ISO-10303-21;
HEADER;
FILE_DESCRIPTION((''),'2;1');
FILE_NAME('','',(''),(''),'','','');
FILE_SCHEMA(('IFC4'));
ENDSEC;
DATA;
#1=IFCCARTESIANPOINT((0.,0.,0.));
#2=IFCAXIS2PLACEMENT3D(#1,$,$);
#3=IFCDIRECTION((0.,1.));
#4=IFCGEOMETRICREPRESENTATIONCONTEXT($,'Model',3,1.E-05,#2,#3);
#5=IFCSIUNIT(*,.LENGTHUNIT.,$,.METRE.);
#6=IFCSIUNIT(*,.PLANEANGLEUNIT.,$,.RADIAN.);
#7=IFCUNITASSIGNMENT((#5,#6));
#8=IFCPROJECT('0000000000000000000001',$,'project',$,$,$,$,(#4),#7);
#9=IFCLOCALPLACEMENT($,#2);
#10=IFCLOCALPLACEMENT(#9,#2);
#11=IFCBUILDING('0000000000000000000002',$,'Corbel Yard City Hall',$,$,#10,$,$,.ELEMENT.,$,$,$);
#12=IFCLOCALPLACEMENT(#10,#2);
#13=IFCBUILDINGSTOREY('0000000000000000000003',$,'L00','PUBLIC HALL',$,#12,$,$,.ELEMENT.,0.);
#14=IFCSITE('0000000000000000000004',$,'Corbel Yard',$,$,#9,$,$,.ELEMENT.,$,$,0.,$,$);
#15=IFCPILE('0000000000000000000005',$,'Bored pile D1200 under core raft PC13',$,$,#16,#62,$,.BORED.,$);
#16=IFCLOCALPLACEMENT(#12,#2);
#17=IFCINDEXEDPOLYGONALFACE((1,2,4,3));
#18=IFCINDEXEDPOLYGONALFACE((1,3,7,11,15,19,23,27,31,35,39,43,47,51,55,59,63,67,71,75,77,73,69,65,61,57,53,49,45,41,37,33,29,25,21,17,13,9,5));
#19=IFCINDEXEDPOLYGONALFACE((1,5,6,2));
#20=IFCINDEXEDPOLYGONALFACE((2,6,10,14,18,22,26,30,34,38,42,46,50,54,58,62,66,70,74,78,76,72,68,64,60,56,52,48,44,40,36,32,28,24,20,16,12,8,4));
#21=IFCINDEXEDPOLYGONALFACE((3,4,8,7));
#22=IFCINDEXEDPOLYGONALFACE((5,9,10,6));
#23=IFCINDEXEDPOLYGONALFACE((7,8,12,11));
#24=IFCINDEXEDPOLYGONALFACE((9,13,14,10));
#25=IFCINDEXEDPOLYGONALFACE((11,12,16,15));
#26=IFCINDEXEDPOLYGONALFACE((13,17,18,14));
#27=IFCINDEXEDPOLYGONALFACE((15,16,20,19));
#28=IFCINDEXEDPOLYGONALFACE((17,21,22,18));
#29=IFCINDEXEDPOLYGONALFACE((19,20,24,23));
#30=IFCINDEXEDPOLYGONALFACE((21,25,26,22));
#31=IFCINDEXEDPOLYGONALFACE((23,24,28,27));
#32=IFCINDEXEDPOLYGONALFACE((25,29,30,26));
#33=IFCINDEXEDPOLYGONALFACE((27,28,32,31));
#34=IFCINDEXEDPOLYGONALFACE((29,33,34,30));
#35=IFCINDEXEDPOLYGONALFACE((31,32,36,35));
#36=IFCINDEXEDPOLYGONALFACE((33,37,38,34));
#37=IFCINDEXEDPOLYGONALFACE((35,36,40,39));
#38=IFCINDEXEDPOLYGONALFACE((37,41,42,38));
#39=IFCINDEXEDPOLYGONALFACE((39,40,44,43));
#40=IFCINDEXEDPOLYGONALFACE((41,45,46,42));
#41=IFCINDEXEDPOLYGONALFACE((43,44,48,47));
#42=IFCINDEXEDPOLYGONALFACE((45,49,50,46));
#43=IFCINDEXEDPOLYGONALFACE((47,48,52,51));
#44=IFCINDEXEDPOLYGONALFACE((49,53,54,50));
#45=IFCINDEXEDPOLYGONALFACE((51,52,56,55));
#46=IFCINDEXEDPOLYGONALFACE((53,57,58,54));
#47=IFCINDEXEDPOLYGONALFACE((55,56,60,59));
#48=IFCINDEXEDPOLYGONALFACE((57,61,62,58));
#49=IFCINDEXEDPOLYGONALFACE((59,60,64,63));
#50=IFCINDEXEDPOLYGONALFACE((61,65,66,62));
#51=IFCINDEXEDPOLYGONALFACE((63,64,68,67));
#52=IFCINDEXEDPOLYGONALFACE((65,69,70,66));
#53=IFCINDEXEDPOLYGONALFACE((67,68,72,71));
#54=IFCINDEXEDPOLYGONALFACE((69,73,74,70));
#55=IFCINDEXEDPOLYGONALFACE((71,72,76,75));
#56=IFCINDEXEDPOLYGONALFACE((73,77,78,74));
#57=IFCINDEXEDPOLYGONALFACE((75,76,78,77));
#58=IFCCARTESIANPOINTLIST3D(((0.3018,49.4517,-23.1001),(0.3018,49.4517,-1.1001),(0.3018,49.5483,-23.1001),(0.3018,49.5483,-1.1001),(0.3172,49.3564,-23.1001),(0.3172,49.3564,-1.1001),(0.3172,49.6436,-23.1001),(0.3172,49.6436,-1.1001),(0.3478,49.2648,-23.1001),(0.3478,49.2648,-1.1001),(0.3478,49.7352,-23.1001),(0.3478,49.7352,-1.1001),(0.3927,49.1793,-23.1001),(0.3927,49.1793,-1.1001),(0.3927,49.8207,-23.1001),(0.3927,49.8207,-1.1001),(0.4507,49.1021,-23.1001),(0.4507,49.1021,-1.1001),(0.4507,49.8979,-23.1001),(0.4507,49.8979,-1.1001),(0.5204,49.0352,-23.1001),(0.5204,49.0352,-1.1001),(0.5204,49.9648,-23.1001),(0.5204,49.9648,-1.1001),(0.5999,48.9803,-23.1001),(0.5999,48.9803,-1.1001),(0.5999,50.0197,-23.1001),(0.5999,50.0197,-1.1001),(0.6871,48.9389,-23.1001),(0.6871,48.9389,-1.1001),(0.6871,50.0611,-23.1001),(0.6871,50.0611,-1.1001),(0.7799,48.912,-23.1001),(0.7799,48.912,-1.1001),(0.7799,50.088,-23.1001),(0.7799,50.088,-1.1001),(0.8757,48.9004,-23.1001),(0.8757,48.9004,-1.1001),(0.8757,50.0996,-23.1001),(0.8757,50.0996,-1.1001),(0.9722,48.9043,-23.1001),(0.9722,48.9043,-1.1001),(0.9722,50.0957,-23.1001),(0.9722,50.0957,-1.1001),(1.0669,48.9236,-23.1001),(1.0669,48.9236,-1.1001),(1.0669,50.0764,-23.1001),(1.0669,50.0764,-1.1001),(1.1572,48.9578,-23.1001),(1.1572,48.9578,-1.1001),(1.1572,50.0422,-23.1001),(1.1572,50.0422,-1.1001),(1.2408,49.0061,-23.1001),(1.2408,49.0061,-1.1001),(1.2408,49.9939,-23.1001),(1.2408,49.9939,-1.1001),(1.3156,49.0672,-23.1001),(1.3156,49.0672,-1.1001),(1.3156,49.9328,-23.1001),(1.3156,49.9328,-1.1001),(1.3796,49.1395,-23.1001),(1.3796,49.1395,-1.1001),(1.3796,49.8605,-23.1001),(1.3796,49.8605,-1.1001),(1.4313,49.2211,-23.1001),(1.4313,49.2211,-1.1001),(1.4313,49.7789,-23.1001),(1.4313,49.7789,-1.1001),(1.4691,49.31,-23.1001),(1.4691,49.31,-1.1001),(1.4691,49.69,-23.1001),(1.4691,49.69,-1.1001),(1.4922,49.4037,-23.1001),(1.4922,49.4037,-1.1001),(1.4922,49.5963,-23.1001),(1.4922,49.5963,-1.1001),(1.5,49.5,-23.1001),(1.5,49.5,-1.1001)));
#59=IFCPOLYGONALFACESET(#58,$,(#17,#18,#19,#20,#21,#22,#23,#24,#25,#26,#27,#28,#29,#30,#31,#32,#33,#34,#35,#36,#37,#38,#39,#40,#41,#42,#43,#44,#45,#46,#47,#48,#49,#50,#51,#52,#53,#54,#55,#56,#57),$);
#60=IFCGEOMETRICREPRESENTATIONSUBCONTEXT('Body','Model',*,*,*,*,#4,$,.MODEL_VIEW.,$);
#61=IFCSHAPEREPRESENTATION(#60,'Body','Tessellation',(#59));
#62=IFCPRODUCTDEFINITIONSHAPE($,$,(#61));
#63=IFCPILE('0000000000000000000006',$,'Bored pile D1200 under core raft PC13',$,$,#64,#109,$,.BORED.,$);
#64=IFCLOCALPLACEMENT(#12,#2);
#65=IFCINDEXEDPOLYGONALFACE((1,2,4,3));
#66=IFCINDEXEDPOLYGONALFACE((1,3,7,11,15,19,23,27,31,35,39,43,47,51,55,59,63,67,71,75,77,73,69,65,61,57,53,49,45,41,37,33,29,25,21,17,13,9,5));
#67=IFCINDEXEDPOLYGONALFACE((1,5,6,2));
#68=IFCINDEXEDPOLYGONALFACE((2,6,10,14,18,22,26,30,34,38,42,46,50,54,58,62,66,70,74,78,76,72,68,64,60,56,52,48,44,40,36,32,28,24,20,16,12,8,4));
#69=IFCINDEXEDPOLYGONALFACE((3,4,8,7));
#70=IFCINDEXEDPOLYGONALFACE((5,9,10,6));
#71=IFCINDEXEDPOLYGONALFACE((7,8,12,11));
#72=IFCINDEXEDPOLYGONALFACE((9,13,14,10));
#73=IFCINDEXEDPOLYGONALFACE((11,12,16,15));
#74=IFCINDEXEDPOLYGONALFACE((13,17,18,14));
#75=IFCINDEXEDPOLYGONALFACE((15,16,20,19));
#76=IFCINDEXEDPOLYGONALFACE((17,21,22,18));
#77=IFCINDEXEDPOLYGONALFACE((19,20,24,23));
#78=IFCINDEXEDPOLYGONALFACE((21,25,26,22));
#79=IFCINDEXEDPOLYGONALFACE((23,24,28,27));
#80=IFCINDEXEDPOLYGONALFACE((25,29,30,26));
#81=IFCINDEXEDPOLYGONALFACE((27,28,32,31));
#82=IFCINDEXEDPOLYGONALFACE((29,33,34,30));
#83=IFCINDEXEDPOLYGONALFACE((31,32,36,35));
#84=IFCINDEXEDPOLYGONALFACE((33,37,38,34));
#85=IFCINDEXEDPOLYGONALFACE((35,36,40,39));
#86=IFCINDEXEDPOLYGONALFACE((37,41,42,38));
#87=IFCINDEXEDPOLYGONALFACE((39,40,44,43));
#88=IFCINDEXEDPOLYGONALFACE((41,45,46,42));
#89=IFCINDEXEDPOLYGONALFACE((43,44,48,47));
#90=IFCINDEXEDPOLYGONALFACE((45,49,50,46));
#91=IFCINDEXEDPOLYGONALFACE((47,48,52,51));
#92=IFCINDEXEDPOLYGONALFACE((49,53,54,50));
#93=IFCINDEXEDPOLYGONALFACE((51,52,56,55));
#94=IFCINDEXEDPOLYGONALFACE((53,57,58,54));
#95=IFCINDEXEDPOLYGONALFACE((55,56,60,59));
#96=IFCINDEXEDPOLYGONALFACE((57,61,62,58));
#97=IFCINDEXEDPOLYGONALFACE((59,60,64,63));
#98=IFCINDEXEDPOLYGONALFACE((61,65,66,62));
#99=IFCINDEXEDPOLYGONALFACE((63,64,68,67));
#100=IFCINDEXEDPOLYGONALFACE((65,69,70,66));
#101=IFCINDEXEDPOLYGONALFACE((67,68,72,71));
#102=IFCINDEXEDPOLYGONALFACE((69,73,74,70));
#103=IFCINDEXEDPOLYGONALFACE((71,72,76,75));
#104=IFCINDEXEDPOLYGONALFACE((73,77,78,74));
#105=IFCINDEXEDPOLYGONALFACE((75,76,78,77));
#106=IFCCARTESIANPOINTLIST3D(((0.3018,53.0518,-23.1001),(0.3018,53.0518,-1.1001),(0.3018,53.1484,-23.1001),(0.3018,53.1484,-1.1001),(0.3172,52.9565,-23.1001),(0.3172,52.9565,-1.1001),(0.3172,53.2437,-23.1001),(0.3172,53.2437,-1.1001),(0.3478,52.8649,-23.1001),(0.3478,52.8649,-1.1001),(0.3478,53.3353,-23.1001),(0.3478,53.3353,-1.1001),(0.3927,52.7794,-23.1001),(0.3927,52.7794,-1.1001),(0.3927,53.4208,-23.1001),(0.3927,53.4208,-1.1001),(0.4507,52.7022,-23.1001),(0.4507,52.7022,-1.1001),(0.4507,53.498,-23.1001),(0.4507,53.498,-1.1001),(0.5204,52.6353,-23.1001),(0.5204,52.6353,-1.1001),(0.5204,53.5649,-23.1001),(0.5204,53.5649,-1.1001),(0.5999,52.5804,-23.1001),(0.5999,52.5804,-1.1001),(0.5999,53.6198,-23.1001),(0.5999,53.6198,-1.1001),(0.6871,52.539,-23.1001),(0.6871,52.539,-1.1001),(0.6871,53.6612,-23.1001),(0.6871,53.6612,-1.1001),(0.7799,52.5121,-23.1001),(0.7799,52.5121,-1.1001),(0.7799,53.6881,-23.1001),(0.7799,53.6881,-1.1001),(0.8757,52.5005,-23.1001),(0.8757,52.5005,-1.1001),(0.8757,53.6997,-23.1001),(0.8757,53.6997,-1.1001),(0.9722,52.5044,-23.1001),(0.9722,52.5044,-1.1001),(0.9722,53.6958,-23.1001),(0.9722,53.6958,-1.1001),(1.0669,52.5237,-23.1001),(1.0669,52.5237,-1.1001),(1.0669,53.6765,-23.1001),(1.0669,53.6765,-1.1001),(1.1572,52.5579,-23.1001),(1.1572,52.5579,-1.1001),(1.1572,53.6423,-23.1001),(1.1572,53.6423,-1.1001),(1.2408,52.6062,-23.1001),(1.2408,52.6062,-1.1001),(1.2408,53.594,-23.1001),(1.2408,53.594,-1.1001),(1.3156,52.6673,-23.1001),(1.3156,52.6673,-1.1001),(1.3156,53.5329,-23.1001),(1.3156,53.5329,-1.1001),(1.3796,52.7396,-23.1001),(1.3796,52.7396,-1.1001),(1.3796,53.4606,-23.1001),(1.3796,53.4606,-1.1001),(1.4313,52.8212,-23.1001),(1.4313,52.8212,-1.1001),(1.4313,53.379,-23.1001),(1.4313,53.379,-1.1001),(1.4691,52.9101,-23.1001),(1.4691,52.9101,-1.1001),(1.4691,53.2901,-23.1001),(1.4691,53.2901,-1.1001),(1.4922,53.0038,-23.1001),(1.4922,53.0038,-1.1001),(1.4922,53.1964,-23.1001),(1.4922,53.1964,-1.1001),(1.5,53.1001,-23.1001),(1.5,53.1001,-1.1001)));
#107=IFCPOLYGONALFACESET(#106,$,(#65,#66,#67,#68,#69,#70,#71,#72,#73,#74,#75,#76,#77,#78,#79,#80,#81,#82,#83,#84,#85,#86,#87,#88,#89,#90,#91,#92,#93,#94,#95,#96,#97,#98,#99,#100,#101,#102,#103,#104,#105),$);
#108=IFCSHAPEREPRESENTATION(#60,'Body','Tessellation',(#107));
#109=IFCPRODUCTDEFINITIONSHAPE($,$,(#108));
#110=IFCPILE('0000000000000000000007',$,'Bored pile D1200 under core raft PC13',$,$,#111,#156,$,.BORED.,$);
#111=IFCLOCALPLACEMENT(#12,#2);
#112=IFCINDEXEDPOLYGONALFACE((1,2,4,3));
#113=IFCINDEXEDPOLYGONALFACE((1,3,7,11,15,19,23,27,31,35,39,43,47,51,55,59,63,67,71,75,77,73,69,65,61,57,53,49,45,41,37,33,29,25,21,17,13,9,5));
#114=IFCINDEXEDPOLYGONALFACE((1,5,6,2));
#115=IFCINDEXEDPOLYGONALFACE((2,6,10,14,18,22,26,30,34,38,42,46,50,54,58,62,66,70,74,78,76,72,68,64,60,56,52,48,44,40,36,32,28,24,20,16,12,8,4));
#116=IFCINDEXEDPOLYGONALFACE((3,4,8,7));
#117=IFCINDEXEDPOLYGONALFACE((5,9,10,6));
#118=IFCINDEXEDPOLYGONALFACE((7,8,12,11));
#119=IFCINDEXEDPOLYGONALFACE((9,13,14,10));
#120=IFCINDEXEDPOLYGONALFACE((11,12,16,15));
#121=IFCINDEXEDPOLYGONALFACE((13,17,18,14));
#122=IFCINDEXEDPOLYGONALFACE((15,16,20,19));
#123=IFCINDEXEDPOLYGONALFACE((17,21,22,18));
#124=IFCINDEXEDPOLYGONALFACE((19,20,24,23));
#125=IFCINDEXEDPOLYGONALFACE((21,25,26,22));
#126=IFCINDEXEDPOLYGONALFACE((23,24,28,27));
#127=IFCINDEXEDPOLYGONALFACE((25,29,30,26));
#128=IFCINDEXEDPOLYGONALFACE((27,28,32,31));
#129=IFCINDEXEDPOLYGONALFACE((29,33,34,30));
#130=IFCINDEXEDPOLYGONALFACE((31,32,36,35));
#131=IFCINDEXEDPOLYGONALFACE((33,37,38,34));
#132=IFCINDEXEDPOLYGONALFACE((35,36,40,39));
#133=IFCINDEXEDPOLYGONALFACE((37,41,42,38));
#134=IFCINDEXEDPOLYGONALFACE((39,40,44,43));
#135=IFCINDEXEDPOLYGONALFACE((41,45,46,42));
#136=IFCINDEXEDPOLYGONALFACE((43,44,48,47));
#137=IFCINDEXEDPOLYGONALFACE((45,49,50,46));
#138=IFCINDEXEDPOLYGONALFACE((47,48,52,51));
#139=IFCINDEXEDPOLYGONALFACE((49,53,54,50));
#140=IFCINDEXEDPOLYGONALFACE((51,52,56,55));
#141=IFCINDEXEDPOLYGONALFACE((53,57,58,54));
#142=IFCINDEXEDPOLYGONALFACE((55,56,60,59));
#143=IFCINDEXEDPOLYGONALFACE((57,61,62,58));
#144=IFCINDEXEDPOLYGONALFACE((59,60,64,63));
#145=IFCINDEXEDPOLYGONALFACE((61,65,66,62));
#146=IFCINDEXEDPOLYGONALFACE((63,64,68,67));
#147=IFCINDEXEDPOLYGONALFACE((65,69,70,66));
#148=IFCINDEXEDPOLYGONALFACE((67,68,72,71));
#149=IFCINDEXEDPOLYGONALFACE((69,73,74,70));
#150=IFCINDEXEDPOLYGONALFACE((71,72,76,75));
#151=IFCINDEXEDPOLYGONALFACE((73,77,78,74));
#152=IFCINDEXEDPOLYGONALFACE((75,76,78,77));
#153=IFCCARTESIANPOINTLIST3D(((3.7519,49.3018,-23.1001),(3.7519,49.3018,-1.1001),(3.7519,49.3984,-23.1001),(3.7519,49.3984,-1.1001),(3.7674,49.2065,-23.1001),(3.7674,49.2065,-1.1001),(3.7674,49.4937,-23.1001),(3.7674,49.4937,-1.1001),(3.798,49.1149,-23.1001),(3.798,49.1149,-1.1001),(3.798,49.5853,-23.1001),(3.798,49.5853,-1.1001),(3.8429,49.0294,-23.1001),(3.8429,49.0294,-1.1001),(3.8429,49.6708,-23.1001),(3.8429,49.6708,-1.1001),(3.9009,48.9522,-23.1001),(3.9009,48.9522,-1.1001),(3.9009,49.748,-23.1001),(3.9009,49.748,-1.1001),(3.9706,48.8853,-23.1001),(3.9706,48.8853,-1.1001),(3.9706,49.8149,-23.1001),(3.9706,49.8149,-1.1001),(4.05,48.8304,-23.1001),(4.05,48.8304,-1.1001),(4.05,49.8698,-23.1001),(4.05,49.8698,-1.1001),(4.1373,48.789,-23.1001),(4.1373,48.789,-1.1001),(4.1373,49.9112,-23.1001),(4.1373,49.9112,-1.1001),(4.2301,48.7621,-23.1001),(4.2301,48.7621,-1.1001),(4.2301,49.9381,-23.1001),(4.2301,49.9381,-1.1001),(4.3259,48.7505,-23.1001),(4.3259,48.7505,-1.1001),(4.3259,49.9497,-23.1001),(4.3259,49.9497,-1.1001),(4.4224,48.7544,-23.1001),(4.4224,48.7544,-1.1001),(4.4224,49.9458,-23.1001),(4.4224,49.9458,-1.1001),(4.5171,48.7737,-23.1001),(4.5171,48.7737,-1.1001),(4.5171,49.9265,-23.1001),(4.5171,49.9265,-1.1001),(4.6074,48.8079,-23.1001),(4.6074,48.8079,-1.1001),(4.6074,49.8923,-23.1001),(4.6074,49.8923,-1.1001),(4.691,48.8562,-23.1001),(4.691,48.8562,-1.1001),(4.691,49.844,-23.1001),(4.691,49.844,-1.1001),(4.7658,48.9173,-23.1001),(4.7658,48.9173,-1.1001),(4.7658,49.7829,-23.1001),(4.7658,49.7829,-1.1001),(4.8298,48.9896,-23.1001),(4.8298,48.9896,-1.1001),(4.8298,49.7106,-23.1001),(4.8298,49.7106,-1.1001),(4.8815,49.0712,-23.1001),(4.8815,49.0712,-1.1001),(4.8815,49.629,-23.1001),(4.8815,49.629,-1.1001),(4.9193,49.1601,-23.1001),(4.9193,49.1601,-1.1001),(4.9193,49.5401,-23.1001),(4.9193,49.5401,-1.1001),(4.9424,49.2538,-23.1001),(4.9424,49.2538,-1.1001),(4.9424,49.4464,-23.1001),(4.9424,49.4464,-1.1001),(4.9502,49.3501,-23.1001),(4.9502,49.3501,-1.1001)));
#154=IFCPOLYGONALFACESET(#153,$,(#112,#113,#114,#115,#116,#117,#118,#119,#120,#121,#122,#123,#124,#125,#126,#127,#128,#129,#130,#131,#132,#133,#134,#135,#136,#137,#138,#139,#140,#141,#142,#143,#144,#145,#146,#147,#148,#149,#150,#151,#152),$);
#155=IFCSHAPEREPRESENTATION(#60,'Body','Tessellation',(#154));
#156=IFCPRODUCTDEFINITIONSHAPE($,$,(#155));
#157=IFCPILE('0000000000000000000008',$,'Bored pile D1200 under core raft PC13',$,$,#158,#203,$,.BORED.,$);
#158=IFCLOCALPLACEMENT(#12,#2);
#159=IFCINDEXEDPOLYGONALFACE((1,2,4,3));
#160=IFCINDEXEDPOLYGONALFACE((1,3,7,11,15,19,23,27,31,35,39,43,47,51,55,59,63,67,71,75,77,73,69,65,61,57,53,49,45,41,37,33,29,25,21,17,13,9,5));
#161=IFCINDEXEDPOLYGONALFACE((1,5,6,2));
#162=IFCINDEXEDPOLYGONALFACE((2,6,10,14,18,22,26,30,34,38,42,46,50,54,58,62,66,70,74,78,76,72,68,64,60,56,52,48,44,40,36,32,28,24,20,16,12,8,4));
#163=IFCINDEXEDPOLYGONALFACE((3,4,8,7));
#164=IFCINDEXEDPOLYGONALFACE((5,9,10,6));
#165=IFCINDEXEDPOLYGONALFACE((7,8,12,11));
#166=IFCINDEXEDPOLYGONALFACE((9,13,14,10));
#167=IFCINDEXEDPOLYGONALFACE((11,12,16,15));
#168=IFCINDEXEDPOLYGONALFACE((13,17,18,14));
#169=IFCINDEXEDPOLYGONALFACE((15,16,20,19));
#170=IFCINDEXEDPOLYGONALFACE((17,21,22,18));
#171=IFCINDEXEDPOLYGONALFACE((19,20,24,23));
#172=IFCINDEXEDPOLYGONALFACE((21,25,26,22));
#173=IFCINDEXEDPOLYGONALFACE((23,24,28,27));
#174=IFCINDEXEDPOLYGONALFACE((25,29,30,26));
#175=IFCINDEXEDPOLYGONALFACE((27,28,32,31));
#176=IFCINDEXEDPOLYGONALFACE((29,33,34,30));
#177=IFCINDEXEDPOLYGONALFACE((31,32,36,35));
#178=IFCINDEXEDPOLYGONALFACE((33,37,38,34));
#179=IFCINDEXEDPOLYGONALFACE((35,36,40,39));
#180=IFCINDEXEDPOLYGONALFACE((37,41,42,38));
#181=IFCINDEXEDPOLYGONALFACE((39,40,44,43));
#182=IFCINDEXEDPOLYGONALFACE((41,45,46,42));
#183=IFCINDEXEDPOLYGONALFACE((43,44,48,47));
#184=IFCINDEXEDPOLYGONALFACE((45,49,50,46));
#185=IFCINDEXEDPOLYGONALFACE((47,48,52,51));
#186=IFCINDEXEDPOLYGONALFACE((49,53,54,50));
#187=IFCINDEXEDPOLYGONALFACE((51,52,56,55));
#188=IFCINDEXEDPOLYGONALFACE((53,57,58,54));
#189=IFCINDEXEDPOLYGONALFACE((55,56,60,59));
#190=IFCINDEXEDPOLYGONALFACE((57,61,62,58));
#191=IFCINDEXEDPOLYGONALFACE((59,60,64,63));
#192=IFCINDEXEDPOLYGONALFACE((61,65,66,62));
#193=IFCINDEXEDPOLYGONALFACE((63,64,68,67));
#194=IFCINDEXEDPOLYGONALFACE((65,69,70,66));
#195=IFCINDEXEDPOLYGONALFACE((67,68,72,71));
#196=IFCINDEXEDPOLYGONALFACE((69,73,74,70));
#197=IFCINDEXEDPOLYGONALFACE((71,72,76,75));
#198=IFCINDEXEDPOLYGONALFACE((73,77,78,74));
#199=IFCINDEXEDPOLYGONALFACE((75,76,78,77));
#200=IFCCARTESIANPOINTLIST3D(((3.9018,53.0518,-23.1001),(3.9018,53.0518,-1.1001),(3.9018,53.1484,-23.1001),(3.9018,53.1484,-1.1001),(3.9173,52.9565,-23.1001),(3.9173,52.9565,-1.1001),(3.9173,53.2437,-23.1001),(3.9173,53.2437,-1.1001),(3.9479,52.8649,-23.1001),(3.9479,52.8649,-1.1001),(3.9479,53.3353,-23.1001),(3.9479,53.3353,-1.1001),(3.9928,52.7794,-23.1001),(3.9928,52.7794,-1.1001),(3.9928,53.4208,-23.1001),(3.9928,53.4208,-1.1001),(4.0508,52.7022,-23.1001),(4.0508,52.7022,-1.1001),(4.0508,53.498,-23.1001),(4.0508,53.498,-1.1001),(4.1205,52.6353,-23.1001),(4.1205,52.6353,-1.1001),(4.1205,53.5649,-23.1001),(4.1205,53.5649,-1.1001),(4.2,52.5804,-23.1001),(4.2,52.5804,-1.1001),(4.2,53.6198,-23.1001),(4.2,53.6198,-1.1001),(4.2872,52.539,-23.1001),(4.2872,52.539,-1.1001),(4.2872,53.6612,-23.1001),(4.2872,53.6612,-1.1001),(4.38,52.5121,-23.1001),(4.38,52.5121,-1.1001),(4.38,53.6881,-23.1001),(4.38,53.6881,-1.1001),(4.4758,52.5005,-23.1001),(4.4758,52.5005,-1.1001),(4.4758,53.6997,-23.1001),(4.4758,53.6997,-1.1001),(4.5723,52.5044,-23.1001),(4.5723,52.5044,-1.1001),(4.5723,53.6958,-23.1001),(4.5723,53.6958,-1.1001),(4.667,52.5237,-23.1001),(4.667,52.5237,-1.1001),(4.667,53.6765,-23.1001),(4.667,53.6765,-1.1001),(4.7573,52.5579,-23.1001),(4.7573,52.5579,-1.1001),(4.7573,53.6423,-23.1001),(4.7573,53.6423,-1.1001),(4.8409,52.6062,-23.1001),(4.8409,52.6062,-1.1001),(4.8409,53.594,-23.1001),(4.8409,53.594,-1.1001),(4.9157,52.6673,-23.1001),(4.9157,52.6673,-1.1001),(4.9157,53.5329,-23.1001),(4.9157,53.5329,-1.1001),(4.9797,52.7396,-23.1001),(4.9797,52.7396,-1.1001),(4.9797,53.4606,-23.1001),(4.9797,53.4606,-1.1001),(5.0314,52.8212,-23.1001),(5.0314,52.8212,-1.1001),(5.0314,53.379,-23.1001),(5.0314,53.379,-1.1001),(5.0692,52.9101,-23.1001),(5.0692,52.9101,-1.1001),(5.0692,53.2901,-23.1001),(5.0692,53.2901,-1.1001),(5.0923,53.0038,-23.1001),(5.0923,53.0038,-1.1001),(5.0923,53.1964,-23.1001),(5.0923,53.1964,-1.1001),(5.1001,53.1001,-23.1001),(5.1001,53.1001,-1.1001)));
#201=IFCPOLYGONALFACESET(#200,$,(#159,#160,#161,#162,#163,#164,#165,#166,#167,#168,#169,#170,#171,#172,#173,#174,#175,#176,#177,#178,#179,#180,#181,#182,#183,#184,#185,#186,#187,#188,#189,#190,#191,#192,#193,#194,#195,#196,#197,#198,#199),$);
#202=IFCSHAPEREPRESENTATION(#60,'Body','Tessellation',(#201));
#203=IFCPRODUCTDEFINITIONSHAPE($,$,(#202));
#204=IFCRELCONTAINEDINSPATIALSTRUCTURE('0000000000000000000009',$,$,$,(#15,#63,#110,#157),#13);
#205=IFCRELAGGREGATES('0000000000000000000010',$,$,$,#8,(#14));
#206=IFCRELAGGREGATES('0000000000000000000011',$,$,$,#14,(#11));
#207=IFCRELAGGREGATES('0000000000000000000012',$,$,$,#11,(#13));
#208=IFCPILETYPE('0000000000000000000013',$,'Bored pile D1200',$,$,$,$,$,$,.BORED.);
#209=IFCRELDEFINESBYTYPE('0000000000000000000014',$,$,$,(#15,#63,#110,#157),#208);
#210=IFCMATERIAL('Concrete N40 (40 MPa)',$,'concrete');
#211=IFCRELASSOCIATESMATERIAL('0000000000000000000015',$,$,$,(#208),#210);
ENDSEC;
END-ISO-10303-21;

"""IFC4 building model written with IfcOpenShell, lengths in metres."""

from ifc_helpers import new_model, si_unit, direction, frame, origin, origin_2d, place, context, subcontext, project, spatial, circle, extrude, material, material_profile, profile_set, type_object, element, save


model = new_model("IFC4")

# Units and contexts
model_context = context("Model", 3, precision=1e-05, world=origin(), true_north=direction((0.0, 1.0)))
body_context = subcontext(model_context, "Body", "Model", "MODEL_VIEW")
ifc_project = project(units=[si_unit("LENGTHUNIT", "METRE"), si_unit("PLANEANGLEUNIT", "RADIAN")], contexts=[model_context])

# Site, building, storey
site_placement = place(None, origin())
site = spatial("IfcSite", under=ifc_project, at=site_placement, Name="Corbel Yard", CompositionType="ELEMENT", RefElevation=0.0)
building_placement = place(site_placement, origin())
building = spatial("IfcBuilding", under=site, at=building_placement, Name="Corbel Yard City Hall", CompositionType="ELEMENT")
storey_placement = place(building_placement, origin())
storey = spatial("IfcBuildingStorey", under=building, at=storey_placement, Name="L00", Description="PUBLIC HALL", CompositionType="ELEMENT", Elevation=0.0)

# Piles
ifc_material_1 = material(Name="Concrete N40 (40 MPa)", Category="concrete")
ifc_material_profile_1 = material_profile(ifc_material_1, circle(Radius=0.6001, at=origin_2d()), Name="D1200")
ifc_profile_set_1 = profile_set([ifc_material_profile_1], Name="Concrete N40 (40 MPa)")
pile_type_1 = type_object("IfcPileType", Name="Bored pile D1200", PredefinedType="BORED", material=ifc_profile_set_1)
for number, where, z_axis, x_axis, name in (
    (1, (0.8999, 49.5, -1.1001), (0.0, 0.0, -1.0), (1.0, 0.0, 0.0), "Bored pile D1200 under core raft PC13"),
    (2, (0.8999, 53.1001, -1.1001), (0.0, 0.0, -1.0), (1.0, 0.0, 0.0), "Bored pile D1200 under core raft PC13"),
    (3, (4.3501, 49.3501, -1.1001), (0.0, 0.0, -1.0), (1.0, 0.0, 0.0), "Bored pile D1200 under core raft PC13"),
    (4, (4.5, 53.1001, -1.1001), (0.0, 0.0, -1.0), (1.0, 0.0, 0.0), "Bored pile D1200 under core raft PC13"),
):
    element("IfcPile", number, at=place(storey_placement, frame(where, z_axis=z_axis, x_axis=x_axis)), inside=storey, type_object=pile_type_1, Name=name, PredefinedType="BORED", context=body_context, shape_type="SweptSolid", body=[
        extrude(circle(Radius=0.6001, at=origin_2d()), origin(), (0.0, 0.0, 1.0), 22.0),
    ])

save(model, "model.ifc")
